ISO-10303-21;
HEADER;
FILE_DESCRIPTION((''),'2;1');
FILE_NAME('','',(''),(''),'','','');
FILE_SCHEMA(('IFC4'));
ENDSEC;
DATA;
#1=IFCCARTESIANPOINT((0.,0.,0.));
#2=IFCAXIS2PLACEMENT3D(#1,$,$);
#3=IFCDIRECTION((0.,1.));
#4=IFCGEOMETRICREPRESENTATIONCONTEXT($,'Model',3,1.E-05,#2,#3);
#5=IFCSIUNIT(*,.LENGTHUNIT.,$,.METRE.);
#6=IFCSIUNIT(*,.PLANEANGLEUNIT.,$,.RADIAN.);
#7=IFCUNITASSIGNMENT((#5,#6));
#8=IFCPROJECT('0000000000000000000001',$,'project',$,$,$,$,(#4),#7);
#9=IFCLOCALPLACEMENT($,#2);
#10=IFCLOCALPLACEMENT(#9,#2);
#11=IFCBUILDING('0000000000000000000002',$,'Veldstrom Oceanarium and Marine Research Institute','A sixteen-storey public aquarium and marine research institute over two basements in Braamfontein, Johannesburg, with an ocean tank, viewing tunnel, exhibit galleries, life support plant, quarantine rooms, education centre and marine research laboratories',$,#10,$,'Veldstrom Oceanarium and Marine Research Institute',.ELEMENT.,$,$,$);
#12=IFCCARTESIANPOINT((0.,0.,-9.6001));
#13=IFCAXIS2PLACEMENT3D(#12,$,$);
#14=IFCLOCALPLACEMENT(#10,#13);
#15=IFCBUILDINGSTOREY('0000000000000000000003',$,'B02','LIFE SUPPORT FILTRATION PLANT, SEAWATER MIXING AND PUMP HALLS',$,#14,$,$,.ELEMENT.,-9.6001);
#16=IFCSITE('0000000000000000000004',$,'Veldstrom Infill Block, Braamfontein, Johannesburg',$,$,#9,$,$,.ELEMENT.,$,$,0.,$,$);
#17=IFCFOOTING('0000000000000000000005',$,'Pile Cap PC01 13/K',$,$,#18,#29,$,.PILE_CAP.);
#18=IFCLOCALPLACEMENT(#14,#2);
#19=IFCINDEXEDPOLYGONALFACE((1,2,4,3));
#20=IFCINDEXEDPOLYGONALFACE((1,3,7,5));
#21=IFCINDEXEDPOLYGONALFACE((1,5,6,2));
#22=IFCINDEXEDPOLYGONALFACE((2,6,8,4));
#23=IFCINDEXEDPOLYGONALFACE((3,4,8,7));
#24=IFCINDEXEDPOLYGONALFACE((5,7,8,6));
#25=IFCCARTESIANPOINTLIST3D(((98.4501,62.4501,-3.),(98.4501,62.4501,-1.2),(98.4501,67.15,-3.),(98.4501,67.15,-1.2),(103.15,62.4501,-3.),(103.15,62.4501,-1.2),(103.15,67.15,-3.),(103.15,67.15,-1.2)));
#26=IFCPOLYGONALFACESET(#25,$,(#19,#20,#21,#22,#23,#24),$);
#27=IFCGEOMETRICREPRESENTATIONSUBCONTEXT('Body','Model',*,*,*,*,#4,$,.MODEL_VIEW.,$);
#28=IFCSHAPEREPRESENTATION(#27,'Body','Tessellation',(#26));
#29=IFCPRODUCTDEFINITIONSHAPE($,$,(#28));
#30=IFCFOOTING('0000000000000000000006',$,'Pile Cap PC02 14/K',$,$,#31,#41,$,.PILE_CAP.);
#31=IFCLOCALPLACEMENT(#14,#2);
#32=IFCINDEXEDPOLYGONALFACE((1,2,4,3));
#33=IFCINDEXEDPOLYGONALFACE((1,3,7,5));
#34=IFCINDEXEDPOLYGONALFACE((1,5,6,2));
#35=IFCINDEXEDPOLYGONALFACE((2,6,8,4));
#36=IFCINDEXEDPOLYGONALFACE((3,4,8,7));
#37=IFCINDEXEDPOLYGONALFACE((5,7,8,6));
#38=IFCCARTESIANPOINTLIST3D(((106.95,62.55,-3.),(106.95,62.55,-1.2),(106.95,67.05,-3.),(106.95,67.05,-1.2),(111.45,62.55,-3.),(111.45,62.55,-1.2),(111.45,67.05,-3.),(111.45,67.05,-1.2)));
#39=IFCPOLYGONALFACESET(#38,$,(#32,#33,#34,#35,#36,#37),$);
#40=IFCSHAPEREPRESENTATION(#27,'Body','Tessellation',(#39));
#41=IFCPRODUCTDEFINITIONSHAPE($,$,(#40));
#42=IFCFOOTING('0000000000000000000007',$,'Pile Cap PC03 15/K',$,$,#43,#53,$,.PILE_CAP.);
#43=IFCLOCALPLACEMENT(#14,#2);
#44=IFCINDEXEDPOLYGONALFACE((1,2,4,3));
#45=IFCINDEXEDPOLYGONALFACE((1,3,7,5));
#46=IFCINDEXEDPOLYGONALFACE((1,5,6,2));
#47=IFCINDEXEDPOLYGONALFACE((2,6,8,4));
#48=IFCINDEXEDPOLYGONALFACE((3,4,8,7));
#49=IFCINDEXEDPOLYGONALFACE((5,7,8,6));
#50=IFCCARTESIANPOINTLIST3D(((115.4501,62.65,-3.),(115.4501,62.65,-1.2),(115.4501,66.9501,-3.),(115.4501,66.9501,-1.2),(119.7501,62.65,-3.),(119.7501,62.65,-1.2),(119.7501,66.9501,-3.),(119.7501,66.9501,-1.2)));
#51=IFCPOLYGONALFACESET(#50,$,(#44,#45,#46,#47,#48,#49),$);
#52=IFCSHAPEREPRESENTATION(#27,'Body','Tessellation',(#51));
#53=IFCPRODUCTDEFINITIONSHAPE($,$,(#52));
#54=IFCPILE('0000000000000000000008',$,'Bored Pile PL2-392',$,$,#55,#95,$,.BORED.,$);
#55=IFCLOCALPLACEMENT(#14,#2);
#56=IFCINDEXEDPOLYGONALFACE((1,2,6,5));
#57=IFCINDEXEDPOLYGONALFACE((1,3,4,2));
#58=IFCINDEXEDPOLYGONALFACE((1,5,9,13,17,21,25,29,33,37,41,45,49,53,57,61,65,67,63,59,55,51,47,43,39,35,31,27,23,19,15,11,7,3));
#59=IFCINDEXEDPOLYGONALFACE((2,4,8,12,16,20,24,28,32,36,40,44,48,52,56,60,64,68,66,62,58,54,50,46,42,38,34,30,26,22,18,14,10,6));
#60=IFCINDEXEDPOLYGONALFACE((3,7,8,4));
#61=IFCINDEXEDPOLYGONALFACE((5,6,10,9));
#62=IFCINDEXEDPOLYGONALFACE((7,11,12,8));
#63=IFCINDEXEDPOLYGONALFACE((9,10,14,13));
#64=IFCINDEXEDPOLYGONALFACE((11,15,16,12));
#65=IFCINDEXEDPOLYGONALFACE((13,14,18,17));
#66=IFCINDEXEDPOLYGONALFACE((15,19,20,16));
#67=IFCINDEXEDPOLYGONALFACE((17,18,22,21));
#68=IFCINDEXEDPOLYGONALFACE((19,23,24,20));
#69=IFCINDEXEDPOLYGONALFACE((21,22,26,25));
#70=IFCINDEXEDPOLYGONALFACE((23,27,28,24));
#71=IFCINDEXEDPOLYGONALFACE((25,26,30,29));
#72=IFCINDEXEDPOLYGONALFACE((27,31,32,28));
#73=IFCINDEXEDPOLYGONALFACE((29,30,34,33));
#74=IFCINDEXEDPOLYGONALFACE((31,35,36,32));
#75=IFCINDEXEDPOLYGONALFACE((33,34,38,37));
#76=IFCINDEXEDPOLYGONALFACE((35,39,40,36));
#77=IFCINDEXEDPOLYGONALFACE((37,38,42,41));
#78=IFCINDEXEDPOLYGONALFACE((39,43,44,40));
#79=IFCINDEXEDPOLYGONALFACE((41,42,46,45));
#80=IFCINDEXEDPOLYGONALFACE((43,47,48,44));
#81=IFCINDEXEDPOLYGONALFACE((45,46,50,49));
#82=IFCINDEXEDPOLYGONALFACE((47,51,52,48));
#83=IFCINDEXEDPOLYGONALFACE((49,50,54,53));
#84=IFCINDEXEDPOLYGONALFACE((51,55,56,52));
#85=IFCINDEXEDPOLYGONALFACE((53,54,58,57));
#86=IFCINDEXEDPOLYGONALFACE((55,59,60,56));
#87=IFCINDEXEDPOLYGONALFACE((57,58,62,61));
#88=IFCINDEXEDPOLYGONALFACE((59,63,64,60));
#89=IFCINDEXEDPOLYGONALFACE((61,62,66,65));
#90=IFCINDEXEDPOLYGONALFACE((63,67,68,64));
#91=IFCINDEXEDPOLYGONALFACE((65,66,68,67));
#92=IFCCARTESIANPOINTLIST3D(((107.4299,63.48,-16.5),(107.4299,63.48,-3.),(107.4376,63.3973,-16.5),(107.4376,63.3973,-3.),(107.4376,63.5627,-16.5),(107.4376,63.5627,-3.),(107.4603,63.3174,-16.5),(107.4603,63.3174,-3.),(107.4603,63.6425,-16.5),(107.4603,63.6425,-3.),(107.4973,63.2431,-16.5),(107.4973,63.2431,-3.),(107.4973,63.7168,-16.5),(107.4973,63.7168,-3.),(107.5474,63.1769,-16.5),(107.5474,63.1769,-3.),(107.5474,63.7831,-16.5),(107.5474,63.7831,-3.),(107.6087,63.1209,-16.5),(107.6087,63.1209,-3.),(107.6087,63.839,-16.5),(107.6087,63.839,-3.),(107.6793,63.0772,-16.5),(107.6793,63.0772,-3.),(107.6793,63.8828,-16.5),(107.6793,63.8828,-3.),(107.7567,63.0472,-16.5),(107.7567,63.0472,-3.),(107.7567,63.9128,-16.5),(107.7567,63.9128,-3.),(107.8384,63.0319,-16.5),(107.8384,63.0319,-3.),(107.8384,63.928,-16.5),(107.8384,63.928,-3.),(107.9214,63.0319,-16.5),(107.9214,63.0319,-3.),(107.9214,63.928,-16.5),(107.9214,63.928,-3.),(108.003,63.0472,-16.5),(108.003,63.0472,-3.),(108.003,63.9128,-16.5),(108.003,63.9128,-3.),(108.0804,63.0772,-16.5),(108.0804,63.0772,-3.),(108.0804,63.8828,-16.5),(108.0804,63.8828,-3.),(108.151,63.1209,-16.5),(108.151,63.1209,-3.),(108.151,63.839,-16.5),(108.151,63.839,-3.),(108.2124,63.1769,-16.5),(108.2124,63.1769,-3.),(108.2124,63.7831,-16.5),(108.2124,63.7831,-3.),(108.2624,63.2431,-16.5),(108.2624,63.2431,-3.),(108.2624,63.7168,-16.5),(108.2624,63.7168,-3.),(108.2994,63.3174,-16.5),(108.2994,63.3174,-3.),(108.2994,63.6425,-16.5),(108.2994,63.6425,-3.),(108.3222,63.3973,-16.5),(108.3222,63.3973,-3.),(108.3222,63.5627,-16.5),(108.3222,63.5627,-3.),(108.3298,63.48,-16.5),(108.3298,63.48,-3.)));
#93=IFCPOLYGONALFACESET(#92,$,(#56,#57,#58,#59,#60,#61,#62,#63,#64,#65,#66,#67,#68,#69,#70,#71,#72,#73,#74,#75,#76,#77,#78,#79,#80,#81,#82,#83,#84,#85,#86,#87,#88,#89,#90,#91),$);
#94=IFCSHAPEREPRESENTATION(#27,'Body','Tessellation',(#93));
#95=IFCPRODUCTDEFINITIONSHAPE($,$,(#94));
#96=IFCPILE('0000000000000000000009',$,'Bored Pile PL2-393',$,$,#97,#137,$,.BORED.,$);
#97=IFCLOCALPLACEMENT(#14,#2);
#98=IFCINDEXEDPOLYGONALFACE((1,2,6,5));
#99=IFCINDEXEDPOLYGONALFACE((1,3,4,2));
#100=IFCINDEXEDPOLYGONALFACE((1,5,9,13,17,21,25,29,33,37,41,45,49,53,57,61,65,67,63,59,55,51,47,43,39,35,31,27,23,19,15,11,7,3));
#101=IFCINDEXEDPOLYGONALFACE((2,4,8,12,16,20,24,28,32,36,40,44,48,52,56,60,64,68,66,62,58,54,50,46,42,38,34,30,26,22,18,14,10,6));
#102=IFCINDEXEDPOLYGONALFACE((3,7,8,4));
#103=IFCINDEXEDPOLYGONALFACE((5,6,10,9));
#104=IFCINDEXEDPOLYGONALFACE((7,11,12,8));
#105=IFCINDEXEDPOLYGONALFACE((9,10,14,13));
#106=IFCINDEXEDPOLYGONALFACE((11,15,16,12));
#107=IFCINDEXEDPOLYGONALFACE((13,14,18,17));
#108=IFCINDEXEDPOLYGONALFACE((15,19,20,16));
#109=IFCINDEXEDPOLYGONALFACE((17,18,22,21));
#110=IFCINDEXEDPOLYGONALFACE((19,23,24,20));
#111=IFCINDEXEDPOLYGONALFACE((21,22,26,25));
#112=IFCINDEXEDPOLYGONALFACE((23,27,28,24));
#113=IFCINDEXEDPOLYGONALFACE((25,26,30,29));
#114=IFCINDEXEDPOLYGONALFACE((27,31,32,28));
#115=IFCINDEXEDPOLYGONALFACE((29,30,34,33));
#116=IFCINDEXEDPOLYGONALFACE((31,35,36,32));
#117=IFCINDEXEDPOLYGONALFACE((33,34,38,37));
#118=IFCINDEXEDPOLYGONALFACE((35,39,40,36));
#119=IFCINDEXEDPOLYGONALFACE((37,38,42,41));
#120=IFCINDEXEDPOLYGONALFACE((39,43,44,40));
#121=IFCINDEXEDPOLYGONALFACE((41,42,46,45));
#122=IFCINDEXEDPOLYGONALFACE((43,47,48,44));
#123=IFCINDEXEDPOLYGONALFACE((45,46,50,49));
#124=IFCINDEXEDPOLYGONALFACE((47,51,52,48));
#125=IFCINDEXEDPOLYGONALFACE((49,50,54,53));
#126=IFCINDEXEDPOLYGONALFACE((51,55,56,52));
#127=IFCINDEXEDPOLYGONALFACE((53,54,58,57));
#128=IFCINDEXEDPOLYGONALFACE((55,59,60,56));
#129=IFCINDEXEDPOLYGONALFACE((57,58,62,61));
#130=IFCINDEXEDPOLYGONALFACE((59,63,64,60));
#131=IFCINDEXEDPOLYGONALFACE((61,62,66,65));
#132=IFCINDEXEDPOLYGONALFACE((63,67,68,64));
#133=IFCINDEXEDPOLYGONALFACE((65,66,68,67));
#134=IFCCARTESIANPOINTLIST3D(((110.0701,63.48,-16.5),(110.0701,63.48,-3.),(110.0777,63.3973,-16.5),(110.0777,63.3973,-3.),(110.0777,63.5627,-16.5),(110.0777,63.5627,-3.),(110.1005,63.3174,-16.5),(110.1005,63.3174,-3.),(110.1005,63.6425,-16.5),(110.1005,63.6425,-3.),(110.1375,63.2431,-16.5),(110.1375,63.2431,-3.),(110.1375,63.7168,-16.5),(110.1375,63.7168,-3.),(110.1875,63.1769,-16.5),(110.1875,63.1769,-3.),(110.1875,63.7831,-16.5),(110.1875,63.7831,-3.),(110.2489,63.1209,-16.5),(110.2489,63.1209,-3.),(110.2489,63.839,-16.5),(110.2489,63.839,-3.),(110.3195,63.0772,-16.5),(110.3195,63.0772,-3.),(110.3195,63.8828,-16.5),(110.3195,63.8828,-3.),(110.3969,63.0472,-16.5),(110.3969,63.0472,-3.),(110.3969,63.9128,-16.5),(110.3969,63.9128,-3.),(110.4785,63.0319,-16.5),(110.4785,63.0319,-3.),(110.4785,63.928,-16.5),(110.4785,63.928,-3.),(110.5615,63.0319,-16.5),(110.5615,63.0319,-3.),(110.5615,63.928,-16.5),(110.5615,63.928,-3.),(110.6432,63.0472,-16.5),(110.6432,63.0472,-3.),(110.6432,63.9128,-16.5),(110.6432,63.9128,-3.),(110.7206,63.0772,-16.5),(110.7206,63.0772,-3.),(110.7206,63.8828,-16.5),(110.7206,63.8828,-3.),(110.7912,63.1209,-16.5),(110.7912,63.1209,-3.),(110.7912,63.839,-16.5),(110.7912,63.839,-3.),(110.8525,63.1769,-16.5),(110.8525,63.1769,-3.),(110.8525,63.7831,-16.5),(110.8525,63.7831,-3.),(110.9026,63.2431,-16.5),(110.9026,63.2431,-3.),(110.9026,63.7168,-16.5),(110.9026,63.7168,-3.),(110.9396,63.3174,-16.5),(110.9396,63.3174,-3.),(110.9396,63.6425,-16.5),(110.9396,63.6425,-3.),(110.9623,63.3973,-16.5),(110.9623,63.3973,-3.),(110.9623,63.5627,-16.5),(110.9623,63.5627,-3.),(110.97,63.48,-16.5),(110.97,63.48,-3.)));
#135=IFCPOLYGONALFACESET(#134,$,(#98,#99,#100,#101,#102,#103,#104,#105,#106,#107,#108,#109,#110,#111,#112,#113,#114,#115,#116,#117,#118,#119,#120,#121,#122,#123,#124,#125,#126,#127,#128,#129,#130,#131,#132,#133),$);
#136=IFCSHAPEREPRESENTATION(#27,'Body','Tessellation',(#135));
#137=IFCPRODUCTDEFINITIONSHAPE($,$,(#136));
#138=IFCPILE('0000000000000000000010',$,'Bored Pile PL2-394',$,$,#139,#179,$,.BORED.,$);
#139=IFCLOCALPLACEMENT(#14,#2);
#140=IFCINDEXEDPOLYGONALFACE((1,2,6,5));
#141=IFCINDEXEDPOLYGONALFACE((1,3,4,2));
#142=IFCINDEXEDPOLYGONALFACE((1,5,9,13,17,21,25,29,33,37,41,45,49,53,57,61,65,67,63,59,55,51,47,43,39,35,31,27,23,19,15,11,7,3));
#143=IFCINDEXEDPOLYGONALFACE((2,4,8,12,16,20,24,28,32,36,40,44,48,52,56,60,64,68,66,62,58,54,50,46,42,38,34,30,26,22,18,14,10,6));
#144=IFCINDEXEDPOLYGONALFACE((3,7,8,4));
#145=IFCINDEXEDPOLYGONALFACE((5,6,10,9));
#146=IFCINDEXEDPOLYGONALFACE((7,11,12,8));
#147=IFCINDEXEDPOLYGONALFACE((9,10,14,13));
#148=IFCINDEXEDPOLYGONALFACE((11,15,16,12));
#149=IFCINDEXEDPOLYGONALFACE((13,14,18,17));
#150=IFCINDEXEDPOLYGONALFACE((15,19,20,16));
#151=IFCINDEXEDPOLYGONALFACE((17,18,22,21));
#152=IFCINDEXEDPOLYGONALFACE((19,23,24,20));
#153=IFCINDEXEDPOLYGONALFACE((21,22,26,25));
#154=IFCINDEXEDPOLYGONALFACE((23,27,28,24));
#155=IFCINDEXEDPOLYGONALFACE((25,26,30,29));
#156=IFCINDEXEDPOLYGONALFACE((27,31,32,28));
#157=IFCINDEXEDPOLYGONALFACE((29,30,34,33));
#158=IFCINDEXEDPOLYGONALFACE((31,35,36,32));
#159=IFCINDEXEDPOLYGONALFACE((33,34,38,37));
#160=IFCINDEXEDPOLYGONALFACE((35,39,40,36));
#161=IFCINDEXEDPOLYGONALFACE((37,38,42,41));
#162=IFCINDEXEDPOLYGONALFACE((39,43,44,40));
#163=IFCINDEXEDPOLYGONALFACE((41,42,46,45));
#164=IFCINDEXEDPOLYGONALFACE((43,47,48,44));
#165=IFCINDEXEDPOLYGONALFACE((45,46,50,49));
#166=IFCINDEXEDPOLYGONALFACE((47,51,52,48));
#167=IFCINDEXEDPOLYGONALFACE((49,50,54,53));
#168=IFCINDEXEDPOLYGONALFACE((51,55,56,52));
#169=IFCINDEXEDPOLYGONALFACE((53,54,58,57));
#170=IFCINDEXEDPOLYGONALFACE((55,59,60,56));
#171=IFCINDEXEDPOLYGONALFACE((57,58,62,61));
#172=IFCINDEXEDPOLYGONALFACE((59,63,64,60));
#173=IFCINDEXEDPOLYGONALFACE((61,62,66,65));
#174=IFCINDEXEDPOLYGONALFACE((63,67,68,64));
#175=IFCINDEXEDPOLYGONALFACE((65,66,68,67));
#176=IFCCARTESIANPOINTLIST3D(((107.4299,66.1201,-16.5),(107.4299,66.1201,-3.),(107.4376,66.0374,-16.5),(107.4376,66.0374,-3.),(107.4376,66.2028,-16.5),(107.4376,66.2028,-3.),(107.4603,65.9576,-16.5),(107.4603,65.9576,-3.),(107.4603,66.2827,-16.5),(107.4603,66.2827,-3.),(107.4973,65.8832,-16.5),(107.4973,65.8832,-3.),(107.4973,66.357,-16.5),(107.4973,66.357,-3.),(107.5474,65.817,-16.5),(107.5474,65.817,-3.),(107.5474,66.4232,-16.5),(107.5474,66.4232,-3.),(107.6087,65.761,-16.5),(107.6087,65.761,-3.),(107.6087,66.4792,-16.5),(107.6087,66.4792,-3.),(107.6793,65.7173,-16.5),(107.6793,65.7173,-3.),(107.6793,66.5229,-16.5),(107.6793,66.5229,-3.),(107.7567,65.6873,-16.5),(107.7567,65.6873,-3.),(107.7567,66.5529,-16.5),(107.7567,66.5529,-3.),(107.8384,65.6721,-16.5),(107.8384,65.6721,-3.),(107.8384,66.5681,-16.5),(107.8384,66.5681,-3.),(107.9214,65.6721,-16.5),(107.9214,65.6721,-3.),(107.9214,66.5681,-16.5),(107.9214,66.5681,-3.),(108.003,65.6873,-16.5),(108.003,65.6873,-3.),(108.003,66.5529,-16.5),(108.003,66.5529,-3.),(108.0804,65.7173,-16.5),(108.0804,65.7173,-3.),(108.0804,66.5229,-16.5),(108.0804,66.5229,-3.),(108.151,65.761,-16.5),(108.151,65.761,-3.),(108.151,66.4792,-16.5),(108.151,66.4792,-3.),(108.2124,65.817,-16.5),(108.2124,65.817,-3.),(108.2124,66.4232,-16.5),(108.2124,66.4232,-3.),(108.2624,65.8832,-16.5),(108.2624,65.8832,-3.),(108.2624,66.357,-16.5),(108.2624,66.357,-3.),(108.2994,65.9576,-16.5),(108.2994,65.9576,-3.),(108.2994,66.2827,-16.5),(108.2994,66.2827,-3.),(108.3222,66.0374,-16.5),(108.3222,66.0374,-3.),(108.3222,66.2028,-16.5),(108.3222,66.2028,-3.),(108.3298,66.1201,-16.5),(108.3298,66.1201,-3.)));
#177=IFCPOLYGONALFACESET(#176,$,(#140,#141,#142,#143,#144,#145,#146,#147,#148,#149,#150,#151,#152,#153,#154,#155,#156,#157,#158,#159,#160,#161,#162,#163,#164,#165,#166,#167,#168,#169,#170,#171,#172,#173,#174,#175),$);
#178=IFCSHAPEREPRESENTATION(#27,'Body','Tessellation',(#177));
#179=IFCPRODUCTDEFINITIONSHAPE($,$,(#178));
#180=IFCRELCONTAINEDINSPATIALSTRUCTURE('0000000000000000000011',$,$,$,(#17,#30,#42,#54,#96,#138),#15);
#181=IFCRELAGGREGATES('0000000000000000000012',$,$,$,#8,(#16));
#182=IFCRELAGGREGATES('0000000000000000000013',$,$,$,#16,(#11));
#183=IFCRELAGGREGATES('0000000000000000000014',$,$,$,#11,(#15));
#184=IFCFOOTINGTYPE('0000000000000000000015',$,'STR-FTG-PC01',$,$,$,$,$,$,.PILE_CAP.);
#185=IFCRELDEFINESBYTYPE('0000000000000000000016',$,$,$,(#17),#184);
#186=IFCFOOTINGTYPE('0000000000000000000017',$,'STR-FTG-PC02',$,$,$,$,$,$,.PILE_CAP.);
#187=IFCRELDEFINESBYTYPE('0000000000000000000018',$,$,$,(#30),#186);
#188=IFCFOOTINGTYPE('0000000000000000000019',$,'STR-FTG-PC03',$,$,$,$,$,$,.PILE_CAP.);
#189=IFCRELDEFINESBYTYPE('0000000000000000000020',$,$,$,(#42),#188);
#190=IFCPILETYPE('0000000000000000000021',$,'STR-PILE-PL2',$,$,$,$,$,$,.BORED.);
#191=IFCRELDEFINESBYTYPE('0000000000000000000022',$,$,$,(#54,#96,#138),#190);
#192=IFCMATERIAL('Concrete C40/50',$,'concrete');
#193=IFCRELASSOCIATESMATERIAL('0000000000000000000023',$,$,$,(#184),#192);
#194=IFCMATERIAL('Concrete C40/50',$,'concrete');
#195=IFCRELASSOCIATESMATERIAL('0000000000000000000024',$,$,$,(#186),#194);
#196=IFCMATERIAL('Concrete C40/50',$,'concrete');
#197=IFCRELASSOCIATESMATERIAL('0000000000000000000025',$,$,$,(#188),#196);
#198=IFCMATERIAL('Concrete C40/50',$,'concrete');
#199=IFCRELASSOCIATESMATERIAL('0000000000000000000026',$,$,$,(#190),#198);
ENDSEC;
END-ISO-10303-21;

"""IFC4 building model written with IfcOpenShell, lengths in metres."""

from ifc_helpers import new_model, si_unit, direction, frame, origin, origin_2d, place, context, subcontext, project, spatial, rectangle, circle, extrude, material, material_profile, profile_set, type_object, element, save


model = new_model("IFC4")

# Units and contexts
model_context = context("Model", 3, precision=1e-05, world=origin(), true_north=direction((0.0, 1.0)))
body_context = subcontext(model_context, "Body", "Model", "MODEL_VIEW")
ifc_project = project(units=[si_unit("LENGTHUNIT", "METRE"), si_unit("PLANEANGLEUNIT", "RADIAN")], contexts=[model_context])

# Site, building, storey
site_placement = place(None, origin())
site = spatial("IfcSite", under=ifc_project, at=site_placement, Name="Veldstrom Infill Block, Braamfontein, Johannesburg", CompositionType="ELEMENT", RefElevation=0.0)
building_placement = place(site_placement, origin())
building = spatial("IfcBuilding", under=site, at=building_placement, Name="Veldstrom Oceanarium and Marine Research Institute", Description="A sixteen-storey public aquarium and marine research institute over two basements in Braamfontein, Johannesburg, with an ocean tank, viewing tunnel, exhibit galleries, life support plant, quarantine rooms, education centre and marine research laboratories", LongName="Veldstrom Oceanarium and Marine Research Institute", CompositionType="ELEMENT")
storey_placement = place(building_placement, frame((0.0, 0.0, -9.6001)))
storey = spatial("IfcBuildingStorey", under=building, at=storey_placement, Name="B02", Description="LIFE SUPPORT FILTRATION PLANT, SEAWATER MIXING AND PUMP HALLS", CompositionType="ELEMENT", Elevation=-9.6001)

# Footings
ifc_material_1 = material(Name="Concrete C40/50", Category="concrete")
footing_type_1 = type_object("IfcFootingType", Name="STR-FTG-PC01", PredefinedType="PILE_CAP", material=ifc_material_1)
footing_1_placement = place(storey_placement, frame((100.8, 64.8, -3.0), z_axis=(0.0, 0.0, 1.0), x_axis=(1.0, 0.0, 0.0)))
element("IfcFooting", 1, at=footing_1_placement, inside=storey, type_object=footing_type_1, Name="Pile Cap PC01 13/K", PredefinedType="PILE_CAP", context=body_context, shape_type="SweptSolid", body=[
    extrude(rectangle(XDim=4.7, YDim=4.7, at=origin_2d()), origin(), (0.0, 0.0, 1.0), 1.8),
])
ifc_material_2 = material(Name="Concrete C40/50", Category="concrete")
footing_type_2 = type_object("IfcFootingType", Name="STR-FTG-PC02", PredefinedType="PILE_CAP", material=ifc_material_2)
footing_2_placement = place(storey_placement, frame((109.2, 64.8, -3.0), z_axis=(0.0, 0.0, 1.0), x_axis=(1.0, 0.0, 0.0)))
element("IfcFooting", 2, at=footing_2_placement, inside=storey, type_object=footing_type_2, Name="Pile Cap PC02 14/K", PredefinedType="PILE_CAP", context=body_context, shape_type="SweptSolid", body=[
    extrude(rectangle(XDim=4.5, YDim=4.5, at=origin_2d()), origin(), (0.0, 0.0, 1.0), 1.8),
])
ifc_material_3 = material(Name="Concrete C40/50", Category="concrete")
footing_type_3 = type_object("IfcFootingType", Name="STR-FTG-PC03", PredefinedType="PILE_CAP", material=ifc_material_3)
footing_3_placement = place(storey_placement, frame((117.6001, 64.8, -3.0), z_axis=(0.0, 0.0, 1.0), x_axis=(1.0, 0.0, 0.0)))
element("IfcFooting", 3, at=footing_3_placement, inside=storey, type_object=footing_type_3, Name="Pile Cap PC03 15/K", PredefinedType="PILE_CAP", context=body_context, shape_type="SweptSolid", body=[
    extrude(rectangle(XDim=4.3, YDim=4.3, at=origin_2d()), origin(), (0.0, 0.0, 1.0), 1.8),
])

# Piles
ifc_material_4 = material(Name="Concrete C40/50", Category="concrete")
ifc_material_profile_1 = material_profile(ifc_material_4, circle(Radius=0.45, at=origin_2d()), Name="PILE-D900")
ifc_profile_set_1 = profile_set([ifc_material_profile_1], Name="Concrete C40/50")
pile_type_1 = type_object("IfcPileType", Name="STR-PILE-PL2", PredefinedType="BORED", material=ifc_profile_set_1)
for number, where, z_axis, x_axis, name in (
    (4, (107.8799, 63.48, -3.0), (0.0, 0.0, -1.0), (1.0, 0.0, 0.0), "Bored Pile PL2-392"),
    (5, (110.52, 63.48, -3.0), (0.0, 0.0, -1.0), (1.0, 0.0, 0.0), "Bored Pile PL2-393"),
    (6, (107.8799, 66.1201, -3.0), (0.0, 0.0, -1.0), (1.0, 0.0, 0.0), "Bored Pile PL2-394"),
):
    element("IfcPile", number, at=place(storey_placement, frame(where, z_axis=z_axis, x_axis=x_axis)), inside=storey, type_object=pile_type_1, Name=name, PredefinedType="BORED", context=body_context, shape_type="SweptSolid", body=[
        extrude(circle(Radius=0.45, at=origin_2d()), origin(), (0.0, 0.0, 1.0), 13.5),
    ])

save(model, "model.ifc")
